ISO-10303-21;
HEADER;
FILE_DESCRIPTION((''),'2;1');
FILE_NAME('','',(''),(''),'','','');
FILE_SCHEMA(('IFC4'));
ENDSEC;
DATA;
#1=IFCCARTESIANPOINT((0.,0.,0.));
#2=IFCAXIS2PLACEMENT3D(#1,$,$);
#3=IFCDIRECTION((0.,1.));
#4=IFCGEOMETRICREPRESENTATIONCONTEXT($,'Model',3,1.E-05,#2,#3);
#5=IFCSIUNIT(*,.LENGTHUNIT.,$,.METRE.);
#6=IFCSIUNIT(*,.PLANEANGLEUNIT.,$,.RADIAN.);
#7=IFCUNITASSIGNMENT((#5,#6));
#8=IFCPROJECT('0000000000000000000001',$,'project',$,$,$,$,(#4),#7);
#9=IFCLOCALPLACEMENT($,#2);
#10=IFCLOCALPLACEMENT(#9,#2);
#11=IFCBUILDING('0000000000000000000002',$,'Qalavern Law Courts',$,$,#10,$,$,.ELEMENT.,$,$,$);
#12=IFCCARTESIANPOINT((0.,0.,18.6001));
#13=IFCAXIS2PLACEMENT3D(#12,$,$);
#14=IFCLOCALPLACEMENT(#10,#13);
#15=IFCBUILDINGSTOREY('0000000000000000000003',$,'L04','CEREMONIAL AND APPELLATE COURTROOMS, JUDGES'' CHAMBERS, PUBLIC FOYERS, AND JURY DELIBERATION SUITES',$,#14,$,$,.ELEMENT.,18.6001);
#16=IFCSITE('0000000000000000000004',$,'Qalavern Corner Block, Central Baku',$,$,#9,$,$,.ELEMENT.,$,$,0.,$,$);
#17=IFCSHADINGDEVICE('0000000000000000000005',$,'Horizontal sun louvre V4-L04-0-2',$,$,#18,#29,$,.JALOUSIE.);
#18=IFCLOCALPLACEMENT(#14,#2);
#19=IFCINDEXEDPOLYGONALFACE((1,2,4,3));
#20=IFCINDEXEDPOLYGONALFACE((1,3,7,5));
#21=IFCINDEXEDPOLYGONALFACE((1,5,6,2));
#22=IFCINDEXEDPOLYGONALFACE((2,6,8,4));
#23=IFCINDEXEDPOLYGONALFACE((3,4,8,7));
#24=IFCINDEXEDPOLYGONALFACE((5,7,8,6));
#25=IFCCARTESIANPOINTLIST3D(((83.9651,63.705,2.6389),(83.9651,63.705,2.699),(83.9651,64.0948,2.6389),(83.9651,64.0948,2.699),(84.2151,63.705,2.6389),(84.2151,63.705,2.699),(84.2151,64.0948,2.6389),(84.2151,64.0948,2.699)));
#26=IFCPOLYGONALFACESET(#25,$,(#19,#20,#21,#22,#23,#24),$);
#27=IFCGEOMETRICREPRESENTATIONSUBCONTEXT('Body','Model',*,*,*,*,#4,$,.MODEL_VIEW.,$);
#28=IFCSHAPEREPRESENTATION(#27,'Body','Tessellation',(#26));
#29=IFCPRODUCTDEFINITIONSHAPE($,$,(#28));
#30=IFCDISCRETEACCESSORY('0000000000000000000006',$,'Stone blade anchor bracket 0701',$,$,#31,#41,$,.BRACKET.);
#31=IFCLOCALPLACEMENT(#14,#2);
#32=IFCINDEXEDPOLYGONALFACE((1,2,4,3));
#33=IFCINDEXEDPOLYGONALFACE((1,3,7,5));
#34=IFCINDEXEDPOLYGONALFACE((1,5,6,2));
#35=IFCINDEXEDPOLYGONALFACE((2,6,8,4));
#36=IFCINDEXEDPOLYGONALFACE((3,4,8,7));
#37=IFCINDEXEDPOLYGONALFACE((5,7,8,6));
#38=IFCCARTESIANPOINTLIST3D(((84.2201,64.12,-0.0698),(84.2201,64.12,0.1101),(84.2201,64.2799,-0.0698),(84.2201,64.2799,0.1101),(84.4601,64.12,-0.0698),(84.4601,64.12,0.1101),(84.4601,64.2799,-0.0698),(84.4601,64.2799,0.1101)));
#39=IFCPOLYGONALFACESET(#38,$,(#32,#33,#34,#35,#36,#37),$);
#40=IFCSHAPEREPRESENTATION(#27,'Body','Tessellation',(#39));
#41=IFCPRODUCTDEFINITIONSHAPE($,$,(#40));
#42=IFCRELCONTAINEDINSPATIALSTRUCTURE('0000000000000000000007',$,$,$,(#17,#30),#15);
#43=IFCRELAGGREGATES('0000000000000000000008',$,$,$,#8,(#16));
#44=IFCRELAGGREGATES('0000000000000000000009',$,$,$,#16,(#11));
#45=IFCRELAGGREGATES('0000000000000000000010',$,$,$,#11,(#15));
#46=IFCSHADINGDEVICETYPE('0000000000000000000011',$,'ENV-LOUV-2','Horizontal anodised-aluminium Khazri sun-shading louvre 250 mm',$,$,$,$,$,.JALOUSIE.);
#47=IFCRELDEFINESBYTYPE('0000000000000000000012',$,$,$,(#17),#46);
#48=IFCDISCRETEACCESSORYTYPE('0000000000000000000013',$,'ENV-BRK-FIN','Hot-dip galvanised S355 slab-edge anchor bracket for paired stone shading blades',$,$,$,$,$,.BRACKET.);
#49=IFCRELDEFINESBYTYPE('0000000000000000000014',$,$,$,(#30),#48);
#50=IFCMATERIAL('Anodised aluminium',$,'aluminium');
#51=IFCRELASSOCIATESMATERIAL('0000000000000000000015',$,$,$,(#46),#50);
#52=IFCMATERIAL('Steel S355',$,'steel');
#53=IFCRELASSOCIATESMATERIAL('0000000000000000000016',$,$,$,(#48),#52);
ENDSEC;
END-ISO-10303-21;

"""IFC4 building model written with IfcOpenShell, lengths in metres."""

from ifc_helpers import new_model, si_unit, direction, frame, origin, origin_2d, place, context, subcontext, project, spatial, rectangle, extrude, material, type_object, element, save


model = new_model("IFC4")

# Units and contexts
model_context = context("Model", 3, precision=1e-05, world=origin(), true_north=direction((0.0, 1.0)))
body_context = subcontext(model_context, "Body", "Model", "MODEL_VIEW")
ifc_project = project(units=[si_unit("LENGTHUNIT", "METRE"), si_unit("PLANEANGLEUNIT", "RADIAN")], contexts=[model_context])

# Site, building, storey
site_placement = place(None, origin())
site = spatial("IfcSite", under=ifc_project, at=site_placement, Name="Qalavern Corner Block, Central Baku", CompositionType="ELEMENT", RefElevation=0.0)
building_placement = place(site_placement, origin())
building = spatial("IfcBuilding", under=site, at=building_placement, Name="Qalavern Law Courts", CompositionType="ELEMENT")
storey_placement = place(building_placement, frame((0.0, 0.0, 18.6001)))
storey = spatial("IfcBuildingStorey", under=building, at=storey_placement, Name="L04", Description="CEREMONIAL AND APPELLATE COURTROOMS, JUDGES' CHAMBERS, PUBLIC FOYERS, AND JURY DELIBERATION SUITES", CompositionType="ELEMENT", Elevation=18.6001)

# Shared definitions
ifc_material_1 = material(Name="Anodised aluminium", Category="aluminium")

# Shared definitions
ifc_material_2 = material(Name="Steel S355", Category="steel")

# Shading device
shading_device_type = type_object("IfcShadingDeviceType", Name="ENV-LOUV-2", Description="Horizontal anodised-aluminium Khazri sun-shading louvre 250 mm", PredefinedType="JALOUSIE", material=ifc_material_1)
shading_device_placement = place(storey_placement, frame((84.0901, 63.8999, 2.6389), z_axis=(0.0, 0.0, 1.0), x_axis=(0.0, -1.0, 0.0)))
element("IfcShadingDevice", 1, at=shading_device_placement, inside=storey, type_object=shading_device_type, Name="Horizontal sun louvre V4-L04-0-2", PredefinedType="JALOUSIE", context=body_context, shape_type="SweptSolid", body=[
    extrude(rectangle(XDim=0.3899, YDim=0.25, at=origin_2d()), origin(), (0.0, 0.0, 1.0), 0.0601),
])

# Discrete accessory
discrete_accessory_type = type_object("IfcDiscreteAccessoryType", Name="ENV-BRK-FIN", Description="Hot-dip galvanised S355 slab-edge anchor bracket for paired stone shading blades", PredefinedType="BRACKET", material=ifc_material_2)
discrete_accessory_placement = place(storey_placement, frame((84.3401, 64.2, -0.0698), z_axis=(0.0, 0.0, 1.0), x_axis=(-1.0, 0.0, 0.0)))
element("IfcDiscreteAccessory", 2, at=discrete_accessory_placement, inside=storey, type_object=discrete_accessory_type, Name="Stone blade anchor bracket 0701", PredefinedType="BRACKET", context=body_context, shape_type="SweptSolid", body=[
    extrude(rectangle(XDim=0.24, YDim=0.1599, at=origin_2d()), origin(), (0.0, 0.0, 1.0), 0.1799),
])

save(model, "model.ifc")
